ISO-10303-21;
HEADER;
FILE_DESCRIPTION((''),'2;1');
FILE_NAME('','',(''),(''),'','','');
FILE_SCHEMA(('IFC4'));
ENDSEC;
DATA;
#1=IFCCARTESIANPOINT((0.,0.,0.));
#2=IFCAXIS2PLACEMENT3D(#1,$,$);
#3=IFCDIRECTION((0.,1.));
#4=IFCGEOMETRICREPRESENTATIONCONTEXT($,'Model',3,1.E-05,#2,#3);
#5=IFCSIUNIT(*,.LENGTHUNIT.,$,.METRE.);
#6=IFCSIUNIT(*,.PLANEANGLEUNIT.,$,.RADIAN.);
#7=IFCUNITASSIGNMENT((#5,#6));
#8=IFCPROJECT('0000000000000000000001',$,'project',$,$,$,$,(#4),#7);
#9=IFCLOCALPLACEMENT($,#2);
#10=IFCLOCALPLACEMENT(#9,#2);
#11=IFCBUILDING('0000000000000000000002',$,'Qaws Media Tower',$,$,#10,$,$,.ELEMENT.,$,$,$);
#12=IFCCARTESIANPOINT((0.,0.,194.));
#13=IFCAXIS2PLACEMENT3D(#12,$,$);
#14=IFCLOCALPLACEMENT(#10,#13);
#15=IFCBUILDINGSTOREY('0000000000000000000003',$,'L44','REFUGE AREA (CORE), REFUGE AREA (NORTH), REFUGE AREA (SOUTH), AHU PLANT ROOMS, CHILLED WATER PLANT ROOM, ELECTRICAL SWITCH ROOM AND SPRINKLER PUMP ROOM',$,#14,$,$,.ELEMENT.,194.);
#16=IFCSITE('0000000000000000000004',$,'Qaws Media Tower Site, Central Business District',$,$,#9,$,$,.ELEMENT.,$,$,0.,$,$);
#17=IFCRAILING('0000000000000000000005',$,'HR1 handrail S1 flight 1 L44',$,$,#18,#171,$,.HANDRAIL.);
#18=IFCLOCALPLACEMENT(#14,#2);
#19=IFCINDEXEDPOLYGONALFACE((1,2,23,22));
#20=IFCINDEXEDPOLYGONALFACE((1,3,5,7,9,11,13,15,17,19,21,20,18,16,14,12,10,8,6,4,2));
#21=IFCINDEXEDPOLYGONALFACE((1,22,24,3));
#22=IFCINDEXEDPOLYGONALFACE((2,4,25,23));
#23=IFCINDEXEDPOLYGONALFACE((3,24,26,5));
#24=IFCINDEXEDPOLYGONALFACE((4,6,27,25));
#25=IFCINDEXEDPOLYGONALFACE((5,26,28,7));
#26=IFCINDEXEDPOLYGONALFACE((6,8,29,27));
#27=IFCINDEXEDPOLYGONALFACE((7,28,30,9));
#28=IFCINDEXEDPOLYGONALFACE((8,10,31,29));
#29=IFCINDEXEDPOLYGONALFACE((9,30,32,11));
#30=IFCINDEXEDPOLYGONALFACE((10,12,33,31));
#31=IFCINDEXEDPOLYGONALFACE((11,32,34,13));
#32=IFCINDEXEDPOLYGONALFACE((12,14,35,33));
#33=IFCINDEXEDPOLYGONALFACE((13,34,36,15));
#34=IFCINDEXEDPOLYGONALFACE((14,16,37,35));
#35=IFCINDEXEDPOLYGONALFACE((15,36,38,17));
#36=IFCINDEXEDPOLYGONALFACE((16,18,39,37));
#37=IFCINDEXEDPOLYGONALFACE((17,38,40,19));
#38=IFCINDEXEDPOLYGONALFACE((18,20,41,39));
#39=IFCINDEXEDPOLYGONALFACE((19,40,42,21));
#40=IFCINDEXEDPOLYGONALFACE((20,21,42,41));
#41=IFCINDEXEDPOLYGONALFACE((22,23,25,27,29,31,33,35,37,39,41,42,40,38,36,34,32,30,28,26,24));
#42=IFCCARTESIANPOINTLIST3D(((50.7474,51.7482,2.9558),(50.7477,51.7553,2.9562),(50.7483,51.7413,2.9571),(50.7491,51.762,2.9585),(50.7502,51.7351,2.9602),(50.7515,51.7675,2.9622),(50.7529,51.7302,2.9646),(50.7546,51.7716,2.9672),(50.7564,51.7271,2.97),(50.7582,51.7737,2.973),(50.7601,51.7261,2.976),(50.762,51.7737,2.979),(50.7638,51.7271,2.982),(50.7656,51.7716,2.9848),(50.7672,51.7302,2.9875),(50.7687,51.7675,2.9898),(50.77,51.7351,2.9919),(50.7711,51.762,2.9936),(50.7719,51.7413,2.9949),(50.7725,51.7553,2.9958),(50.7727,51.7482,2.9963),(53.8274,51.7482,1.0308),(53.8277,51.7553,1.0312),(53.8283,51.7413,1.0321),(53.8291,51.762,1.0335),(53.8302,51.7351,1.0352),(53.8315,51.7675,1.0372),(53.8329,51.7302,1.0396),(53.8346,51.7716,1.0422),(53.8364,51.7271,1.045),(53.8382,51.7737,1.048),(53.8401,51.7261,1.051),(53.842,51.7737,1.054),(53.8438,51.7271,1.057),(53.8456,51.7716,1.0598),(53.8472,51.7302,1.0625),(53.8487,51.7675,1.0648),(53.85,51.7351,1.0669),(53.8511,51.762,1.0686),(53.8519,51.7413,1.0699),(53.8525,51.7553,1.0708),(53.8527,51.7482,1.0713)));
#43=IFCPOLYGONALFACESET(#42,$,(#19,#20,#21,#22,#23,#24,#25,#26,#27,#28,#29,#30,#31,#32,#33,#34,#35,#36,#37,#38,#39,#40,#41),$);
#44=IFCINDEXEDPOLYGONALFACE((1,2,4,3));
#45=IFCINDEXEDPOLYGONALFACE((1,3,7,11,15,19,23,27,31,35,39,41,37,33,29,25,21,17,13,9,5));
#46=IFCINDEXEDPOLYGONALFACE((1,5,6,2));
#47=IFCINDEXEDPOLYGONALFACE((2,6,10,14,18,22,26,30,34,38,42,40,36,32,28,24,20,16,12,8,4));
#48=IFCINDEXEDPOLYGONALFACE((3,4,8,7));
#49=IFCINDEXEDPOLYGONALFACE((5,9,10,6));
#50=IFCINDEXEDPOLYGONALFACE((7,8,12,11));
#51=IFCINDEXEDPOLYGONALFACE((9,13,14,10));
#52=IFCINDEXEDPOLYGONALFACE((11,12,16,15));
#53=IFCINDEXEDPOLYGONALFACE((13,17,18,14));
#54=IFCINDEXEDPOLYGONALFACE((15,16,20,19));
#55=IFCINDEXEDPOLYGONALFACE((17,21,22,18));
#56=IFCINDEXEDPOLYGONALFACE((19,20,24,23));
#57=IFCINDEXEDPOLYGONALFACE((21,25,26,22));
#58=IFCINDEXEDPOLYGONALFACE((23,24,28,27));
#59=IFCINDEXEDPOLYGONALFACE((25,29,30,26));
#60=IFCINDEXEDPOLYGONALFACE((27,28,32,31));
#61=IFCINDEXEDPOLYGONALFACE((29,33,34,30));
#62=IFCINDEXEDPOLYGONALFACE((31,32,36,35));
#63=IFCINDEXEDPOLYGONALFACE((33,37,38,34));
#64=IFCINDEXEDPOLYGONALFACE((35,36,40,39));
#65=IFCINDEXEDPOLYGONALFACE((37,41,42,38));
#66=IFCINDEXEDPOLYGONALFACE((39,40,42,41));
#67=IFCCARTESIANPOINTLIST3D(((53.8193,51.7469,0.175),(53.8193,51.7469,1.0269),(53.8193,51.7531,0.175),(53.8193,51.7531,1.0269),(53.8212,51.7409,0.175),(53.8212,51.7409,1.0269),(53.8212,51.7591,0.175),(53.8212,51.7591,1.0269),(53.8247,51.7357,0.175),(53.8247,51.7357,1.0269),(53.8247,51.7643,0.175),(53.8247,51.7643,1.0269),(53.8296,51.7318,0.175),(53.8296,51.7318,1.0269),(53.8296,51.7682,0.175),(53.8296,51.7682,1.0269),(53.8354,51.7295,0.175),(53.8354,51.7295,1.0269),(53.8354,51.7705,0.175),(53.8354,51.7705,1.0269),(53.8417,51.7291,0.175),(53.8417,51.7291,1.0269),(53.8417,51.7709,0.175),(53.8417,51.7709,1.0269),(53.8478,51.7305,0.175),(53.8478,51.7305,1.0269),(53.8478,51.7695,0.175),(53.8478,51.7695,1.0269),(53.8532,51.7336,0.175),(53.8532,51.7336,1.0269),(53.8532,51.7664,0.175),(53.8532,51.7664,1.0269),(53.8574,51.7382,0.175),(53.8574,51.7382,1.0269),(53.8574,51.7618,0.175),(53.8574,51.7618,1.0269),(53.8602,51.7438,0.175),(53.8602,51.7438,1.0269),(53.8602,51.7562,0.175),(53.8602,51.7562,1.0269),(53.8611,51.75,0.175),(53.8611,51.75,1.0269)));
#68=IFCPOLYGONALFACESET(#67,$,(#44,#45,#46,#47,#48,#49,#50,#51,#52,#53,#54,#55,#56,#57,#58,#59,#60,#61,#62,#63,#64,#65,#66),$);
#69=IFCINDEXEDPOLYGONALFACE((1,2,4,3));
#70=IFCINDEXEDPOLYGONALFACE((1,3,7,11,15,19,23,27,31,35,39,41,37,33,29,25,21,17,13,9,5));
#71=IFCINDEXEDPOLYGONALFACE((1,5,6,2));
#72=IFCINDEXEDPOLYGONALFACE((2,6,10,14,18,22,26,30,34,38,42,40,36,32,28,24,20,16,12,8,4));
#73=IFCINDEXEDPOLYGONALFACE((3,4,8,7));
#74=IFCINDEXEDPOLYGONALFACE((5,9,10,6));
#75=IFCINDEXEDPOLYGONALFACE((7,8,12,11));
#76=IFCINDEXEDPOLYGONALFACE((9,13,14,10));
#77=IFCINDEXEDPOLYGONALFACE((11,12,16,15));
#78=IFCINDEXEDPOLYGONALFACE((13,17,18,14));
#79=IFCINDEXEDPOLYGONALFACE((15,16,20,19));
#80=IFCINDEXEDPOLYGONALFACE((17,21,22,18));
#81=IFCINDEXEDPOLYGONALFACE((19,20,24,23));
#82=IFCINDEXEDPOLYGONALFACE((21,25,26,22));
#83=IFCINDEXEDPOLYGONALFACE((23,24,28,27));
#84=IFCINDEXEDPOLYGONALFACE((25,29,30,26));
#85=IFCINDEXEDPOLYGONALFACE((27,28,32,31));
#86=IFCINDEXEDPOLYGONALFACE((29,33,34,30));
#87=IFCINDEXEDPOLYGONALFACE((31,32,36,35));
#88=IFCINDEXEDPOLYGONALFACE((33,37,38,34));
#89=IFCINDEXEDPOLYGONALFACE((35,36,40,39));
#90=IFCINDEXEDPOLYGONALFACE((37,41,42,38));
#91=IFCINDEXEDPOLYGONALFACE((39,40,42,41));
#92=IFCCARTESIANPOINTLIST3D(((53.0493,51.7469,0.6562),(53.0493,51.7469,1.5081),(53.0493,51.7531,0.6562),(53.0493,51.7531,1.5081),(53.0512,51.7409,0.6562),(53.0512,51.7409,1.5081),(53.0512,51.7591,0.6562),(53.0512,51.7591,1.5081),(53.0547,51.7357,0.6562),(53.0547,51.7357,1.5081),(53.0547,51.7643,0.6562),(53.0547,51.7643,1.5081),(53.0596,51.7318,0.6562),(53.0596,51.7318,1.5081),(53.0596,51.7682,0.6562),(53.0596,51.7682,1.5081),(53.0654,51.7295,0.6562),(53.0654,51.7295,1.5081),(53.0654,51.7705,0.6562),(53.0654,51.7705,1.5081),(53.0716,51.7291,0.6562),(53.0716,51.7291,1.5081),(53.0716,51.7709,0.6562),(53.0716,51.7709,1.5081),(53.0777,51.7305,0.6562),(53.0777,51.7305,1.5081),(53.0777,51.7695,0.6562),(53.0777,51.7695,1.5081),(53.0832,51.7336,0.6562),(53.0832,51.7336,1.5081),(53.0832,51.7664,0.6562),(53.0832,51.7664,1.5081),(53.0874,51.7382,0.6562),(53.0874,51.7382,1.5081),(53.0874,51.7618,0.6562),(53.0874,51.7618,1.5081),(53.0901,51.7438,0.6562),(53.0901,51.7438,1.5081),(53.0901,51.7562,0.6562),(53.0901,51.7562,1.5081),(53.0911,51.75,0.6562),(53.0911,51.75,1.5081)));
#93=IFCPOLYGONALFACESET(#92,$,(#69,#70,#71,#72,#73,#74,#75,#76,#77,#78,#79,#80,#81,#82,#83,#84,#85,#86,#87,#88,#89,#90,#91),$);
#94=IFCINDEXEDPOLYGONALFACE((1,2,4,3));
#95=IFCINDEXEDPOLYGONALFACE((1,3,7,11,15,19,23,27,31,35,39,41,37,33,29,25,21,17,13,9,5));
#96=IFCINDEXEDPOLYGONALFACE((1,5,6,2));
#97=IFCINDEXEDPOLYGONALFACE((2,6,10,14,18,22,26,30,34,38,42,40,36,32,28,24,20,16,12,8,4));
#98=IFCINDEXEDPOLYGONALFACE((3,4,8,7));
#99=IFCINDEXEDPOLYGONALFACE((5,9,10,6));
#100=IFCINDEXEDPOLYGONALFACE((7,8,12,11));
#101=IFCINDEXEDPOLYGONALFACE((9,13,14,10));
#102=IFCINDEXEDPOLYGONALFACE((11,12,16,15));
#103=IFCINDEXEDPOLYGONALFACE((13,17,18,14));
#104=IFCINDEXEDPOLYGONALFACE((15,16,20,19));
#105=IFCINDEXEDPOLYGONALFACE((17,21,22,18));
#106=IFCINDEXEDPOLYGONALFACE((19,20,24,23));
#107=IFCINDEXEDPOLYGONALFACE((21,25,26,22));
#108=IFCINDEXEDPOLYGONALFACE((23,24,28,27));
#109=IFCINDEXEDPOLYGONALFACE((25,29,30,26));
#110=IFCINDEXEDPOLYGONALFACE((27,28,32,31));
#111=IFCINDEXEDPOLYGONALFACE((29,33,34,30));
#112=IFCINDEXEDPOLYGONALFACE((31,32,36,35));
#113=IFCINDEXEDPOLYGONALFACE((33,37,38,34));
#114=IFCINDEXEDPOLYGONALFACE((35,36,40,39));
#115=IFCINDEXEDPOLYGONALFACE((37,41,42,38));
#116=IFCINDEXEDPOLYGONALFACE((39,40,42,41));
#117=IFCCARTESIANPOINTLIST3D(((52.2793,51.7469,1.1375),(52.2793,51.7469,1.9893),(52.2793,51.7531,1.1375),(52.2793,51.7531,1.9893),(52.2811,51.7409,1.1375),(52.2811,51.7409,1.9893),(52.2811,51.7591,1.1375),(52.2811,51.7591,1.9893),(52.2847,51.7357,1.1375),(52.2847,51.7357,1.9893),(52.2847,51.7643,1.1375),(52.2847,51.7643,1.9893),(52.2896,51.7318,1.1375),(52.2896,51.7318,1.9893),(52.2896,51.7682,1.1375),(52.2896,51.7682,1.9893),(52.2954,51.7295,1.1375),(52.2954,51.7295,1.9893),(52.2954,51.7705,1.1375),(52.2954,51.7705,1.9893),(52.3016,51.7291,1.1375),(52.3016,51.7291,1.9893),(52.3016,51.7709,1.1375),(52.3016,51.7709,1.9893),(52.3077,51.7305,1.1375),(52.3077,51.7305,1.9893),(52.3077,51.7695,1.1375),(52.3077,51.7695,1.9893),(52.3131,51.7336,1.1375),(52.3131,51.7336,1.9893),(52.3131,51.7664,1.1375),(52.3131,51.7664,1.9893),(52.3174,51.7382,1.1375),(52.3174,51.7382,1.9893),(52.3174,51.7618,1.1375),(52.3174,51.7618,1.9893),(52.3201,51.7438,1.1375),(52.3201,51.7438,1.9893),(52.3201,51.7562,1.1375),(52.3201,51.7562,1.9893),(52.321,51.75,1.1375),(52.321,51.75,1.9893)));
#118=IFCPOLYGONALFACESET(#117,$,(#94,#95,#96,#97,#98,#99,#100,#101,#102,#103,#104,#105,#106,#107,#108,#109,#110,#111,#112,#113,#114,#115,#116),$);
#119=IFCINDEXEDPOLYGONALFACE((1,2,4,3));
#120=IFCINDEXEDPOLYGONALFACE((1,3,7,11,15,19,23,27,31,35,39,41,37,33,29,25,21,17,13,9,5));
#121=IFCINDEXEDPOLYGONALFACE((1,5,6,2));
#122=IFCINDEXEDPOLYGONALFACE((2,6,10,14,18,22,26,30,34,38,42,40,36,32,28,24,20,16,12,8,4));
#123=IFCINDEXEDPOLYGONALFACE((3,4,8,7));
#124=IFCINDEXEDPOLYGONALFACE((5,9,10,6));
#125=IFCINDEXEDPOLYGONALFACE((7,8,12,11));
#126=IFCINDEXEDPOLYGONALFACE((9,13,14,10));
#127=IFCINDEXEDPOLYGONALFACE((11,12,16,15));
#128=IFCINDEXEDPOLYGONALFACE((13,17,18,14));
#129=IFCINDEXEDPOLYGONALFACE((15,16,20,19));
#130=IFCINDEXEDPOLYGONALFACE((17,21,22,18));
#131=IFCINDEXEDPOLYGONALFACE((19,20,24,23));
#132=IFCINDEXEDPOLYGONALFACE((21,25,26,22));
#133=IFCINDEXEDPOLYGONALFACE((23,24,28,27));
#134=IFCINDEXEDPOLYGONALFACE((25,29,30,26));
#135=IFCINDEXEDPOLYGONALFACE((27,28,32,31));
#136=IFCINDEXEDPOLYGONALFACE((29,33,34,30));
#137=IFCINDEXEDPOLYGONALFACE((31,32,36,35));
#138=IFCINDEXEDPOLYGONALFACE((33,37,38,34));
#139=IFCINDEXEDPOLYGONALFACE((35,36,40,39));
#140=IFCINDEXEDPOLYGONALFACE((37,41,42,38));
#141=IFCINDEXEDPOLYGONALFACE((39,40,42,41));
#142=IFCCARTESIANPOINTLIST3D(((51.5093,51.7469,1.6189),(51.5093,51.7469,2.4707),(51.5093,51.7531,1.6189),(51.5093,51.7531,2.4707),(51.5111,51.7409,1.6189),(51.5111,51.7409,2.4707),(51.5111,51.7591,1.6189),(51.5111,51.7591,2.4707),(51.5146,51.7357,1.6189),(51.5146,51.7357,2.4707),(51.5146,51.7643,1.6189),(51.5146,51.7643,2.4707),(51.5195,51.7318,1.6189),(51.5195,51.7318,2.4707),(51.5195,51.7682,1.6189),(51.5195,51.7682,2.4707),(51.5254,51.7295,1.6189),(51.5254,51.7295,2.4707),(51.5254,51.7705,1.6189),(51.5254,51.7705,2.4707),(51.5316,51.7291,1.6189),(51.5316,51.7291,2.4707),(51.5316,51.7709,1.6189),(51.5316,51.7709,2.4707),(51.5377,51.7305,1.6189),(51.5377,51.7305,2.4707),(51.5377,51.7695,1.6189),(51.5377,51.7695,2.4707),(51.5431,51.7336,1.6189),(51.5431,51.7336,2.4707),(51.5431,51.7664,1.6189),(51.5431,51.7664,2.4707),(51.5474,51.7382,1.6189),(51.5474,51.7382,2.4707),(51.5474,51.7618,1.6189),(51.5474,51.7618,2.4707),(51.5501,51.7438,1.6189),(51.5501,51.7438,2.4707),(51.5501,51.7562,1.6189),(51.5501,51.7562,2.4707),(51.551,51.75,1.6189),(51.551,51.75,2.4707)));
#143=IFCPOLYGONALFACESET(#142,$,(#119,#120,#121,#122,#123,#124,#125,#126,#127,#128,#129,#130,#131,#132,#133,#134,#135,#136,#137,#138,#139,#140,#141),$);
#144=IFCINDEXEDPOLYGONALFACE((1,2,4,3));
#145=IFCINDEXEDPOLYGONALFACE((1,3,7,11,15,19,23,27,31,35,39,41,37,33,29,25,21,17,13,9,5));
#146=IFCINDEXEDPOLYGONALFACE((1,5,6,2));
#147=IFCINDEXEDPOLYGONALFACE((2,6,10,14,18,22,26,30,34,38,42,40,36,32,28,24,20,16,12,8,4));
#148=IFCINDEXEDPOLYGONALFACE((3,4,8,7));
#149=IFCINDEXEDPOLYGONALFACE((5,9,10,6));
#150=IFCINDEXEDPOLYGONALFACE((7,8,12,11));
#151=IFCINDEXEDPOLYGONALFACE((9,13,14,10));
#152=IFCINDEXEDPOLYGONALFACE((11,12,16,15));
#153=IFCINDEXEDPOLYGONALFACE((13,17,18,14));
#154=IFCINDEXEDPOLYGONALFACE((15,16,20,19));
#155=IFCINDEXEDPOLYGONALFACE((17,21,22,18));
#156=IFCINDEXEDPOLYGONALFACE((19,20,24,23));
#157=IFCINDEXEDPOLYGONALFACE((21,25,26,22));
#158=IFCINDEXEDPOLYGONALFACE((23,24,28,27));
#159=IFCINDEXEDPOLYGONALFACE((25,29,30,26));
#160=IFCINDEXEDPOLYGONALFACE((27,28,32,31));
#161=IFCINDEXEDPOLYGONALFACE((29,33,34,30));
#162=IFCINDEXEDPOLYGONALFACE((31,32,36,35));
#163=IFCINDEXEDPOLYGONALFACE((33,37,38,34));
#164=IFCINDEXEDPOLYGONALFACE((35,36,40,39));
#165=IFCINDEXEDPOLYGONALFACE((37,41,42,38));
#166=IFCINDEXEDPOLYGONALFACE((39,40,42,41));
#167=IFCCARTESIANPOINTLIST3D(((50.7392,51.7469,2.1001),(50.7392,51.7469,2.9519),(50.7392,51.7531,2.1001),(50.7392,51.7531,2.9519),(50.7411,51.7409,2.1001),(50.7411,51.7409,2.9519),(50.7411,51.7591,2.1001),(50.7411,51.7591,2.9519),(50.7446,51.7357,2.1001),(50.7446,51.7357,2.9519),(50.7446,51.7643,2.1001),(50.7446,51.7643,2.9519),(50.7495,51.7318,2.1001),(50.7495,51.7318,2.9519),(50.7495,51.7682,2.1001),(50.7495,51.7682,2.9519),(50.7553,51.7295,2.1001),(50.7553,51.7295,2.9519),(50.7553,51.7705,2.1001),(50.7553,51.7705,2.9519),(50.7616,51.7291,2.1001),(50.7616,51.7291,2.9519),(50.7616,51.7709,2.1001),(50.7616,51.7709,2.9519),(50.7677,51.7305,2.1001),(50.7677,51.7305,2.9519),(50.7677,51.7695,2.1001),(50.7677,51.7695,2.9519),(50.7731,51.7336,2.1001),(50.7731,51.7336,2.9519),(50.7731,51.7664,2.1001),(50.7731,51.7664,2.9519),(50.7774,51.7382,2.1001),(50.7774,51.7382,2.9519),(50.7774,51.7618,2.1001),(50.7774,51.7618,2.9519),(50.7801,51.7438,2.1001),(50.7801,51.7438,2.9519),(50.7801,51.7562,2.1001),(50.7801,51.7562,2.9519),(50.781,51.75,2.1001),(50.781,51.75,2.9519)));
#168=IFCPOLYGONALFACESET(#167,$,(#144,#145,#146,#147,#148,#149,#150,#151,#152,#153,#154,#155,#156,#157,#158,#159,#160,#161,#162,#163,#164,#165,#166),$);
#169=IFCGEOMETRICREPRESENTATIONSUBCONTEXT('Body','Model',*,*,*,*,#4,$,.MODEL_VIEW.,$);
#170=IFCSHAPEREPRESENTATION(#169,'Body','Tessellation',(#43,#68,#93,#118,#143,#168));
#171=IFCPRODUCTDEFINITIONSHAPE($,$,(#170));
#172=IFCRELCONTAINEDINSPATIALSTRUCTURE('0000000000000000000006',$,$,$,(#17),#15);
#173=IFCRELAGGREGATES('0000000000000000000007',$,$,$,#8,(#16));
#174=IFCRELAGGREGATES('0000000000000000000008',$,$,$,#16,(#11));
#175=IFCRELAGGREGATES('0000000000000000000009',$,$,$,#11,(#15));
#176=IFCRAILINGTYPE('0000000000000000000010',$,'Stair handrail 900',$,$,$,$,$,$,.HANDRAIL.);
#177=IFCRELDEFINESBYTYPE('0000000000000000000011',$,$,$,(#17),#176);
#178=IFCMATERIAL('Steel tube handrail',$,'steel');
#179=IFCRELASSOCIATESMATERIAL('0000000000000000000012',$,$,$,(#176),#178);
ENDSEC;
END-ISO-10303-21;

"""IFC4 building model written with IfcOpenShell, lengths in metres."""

from ifc_helpers import new_model, si_unit, direction, frame, origin, origin_2d, place, context, subcontext, project, spatial, circle, extrude, material, type_object, element, save


model = new_model("IFC4")

# Units and contexts
model_context = context("Model", 3, precision=1e-05, world=origin(), true_north=direction((0.0, 1.0)))
body_context = subcontext(model_context, "Body", "Model", "MODEL_VIEW")
ifc_project = project(units=[si_unit("LENGTHUNIT", "METRE"), si_unit("PLANEANGLEUNIT", "RADIAN")], contexts=[model_context])

# Site, building, storey
site_placement = place(None, origin())
site = spatial("IfcSite", under=ifc_project, at=site_placement, Name="Qaws Media Tower Site, Central Business District", CompositionType="ELEMENT", RefElevation=0.0)
building_placement = place(site_placement, origin())
building = spatial("IfcBuilding", under=site, at=building_placement, Name="Qaws Media Tower", CompositionType="ELEMENT")
storey_placement = place(building_placement, frame((0.0, 0.0, 194.0)))
storey = spatial("IfcBuildingStorey", under=building, at=storey_placement, Name="L44", Description="REFUGE AREA (CORE), REFUGE AREA (NORTH), REFUGE AREA (SOUTH), AHU PLANT ROOMS, CHILLED WATER PLANT ROOM, ELECTRICAL SWITCH ROOM AND SPRINKLER PUMP ROOM", CompositionType="ELEMENT", Elevation=194.0)

# Railing
ifc_material_1 = material(Name="Steel tube handrail", Category="steel")
railing_type = type_object("IfcRailingType", Name="Stair handrail 900", PredefinedType="HANDRAIL", material=ifc_material_1)
for number, where, name in (
    (1, (53.8401, 51.75, 0.175), "HR1 handrail S1 flight 1 L44"),
):
    element("IfcRailing", number, at=place(storey_placement, frame(where)), inside=storey, type_object=railing_type, Name=name, PredefinedType="HANDRAIL", context=body_context, shape_type="SweptSolid", body=[
        extrude(circle(Radius=0.0239, at=origin_2d()), frame((0.0, 0.0, 0.876), z_axis=(-0.847998, 0.0, 0.529999), x_axis=(0.0, -1.0, 0.0)), (0.0, 0.0, 1.0), 3.6321),
        extrude(circle(Radius=0.021, at=origin_2d()), origin(), (0.0, 0.0, 1.0), 0.8518),
        extrude(circle(Radius=0.021, at=origin_2d()), frame((-0.77, 0.0, 0.4812)), (0.0, 0.0, 1.0), 0.8518),
        extrude(circle(Radius=0.021, at=origin_2d()), frame((-1.54, 0.0, 0.9624)), (0.0, 0.0, 1.0), 0.8518),
        extrude(circle(Radius=0.021, at=origin_2d()), frame((-2.3101, 0.0, 1.4438)), (0.0, 0.0, 1.0), 0.8518),
        extrude(circle(Radius=0.021, at=origin_2d()), frame((-3.0801, 0.0, 1.925)), (0.0, 0.0, 1.0), 0.8518),
    ])

save(model, "model.ifc")
